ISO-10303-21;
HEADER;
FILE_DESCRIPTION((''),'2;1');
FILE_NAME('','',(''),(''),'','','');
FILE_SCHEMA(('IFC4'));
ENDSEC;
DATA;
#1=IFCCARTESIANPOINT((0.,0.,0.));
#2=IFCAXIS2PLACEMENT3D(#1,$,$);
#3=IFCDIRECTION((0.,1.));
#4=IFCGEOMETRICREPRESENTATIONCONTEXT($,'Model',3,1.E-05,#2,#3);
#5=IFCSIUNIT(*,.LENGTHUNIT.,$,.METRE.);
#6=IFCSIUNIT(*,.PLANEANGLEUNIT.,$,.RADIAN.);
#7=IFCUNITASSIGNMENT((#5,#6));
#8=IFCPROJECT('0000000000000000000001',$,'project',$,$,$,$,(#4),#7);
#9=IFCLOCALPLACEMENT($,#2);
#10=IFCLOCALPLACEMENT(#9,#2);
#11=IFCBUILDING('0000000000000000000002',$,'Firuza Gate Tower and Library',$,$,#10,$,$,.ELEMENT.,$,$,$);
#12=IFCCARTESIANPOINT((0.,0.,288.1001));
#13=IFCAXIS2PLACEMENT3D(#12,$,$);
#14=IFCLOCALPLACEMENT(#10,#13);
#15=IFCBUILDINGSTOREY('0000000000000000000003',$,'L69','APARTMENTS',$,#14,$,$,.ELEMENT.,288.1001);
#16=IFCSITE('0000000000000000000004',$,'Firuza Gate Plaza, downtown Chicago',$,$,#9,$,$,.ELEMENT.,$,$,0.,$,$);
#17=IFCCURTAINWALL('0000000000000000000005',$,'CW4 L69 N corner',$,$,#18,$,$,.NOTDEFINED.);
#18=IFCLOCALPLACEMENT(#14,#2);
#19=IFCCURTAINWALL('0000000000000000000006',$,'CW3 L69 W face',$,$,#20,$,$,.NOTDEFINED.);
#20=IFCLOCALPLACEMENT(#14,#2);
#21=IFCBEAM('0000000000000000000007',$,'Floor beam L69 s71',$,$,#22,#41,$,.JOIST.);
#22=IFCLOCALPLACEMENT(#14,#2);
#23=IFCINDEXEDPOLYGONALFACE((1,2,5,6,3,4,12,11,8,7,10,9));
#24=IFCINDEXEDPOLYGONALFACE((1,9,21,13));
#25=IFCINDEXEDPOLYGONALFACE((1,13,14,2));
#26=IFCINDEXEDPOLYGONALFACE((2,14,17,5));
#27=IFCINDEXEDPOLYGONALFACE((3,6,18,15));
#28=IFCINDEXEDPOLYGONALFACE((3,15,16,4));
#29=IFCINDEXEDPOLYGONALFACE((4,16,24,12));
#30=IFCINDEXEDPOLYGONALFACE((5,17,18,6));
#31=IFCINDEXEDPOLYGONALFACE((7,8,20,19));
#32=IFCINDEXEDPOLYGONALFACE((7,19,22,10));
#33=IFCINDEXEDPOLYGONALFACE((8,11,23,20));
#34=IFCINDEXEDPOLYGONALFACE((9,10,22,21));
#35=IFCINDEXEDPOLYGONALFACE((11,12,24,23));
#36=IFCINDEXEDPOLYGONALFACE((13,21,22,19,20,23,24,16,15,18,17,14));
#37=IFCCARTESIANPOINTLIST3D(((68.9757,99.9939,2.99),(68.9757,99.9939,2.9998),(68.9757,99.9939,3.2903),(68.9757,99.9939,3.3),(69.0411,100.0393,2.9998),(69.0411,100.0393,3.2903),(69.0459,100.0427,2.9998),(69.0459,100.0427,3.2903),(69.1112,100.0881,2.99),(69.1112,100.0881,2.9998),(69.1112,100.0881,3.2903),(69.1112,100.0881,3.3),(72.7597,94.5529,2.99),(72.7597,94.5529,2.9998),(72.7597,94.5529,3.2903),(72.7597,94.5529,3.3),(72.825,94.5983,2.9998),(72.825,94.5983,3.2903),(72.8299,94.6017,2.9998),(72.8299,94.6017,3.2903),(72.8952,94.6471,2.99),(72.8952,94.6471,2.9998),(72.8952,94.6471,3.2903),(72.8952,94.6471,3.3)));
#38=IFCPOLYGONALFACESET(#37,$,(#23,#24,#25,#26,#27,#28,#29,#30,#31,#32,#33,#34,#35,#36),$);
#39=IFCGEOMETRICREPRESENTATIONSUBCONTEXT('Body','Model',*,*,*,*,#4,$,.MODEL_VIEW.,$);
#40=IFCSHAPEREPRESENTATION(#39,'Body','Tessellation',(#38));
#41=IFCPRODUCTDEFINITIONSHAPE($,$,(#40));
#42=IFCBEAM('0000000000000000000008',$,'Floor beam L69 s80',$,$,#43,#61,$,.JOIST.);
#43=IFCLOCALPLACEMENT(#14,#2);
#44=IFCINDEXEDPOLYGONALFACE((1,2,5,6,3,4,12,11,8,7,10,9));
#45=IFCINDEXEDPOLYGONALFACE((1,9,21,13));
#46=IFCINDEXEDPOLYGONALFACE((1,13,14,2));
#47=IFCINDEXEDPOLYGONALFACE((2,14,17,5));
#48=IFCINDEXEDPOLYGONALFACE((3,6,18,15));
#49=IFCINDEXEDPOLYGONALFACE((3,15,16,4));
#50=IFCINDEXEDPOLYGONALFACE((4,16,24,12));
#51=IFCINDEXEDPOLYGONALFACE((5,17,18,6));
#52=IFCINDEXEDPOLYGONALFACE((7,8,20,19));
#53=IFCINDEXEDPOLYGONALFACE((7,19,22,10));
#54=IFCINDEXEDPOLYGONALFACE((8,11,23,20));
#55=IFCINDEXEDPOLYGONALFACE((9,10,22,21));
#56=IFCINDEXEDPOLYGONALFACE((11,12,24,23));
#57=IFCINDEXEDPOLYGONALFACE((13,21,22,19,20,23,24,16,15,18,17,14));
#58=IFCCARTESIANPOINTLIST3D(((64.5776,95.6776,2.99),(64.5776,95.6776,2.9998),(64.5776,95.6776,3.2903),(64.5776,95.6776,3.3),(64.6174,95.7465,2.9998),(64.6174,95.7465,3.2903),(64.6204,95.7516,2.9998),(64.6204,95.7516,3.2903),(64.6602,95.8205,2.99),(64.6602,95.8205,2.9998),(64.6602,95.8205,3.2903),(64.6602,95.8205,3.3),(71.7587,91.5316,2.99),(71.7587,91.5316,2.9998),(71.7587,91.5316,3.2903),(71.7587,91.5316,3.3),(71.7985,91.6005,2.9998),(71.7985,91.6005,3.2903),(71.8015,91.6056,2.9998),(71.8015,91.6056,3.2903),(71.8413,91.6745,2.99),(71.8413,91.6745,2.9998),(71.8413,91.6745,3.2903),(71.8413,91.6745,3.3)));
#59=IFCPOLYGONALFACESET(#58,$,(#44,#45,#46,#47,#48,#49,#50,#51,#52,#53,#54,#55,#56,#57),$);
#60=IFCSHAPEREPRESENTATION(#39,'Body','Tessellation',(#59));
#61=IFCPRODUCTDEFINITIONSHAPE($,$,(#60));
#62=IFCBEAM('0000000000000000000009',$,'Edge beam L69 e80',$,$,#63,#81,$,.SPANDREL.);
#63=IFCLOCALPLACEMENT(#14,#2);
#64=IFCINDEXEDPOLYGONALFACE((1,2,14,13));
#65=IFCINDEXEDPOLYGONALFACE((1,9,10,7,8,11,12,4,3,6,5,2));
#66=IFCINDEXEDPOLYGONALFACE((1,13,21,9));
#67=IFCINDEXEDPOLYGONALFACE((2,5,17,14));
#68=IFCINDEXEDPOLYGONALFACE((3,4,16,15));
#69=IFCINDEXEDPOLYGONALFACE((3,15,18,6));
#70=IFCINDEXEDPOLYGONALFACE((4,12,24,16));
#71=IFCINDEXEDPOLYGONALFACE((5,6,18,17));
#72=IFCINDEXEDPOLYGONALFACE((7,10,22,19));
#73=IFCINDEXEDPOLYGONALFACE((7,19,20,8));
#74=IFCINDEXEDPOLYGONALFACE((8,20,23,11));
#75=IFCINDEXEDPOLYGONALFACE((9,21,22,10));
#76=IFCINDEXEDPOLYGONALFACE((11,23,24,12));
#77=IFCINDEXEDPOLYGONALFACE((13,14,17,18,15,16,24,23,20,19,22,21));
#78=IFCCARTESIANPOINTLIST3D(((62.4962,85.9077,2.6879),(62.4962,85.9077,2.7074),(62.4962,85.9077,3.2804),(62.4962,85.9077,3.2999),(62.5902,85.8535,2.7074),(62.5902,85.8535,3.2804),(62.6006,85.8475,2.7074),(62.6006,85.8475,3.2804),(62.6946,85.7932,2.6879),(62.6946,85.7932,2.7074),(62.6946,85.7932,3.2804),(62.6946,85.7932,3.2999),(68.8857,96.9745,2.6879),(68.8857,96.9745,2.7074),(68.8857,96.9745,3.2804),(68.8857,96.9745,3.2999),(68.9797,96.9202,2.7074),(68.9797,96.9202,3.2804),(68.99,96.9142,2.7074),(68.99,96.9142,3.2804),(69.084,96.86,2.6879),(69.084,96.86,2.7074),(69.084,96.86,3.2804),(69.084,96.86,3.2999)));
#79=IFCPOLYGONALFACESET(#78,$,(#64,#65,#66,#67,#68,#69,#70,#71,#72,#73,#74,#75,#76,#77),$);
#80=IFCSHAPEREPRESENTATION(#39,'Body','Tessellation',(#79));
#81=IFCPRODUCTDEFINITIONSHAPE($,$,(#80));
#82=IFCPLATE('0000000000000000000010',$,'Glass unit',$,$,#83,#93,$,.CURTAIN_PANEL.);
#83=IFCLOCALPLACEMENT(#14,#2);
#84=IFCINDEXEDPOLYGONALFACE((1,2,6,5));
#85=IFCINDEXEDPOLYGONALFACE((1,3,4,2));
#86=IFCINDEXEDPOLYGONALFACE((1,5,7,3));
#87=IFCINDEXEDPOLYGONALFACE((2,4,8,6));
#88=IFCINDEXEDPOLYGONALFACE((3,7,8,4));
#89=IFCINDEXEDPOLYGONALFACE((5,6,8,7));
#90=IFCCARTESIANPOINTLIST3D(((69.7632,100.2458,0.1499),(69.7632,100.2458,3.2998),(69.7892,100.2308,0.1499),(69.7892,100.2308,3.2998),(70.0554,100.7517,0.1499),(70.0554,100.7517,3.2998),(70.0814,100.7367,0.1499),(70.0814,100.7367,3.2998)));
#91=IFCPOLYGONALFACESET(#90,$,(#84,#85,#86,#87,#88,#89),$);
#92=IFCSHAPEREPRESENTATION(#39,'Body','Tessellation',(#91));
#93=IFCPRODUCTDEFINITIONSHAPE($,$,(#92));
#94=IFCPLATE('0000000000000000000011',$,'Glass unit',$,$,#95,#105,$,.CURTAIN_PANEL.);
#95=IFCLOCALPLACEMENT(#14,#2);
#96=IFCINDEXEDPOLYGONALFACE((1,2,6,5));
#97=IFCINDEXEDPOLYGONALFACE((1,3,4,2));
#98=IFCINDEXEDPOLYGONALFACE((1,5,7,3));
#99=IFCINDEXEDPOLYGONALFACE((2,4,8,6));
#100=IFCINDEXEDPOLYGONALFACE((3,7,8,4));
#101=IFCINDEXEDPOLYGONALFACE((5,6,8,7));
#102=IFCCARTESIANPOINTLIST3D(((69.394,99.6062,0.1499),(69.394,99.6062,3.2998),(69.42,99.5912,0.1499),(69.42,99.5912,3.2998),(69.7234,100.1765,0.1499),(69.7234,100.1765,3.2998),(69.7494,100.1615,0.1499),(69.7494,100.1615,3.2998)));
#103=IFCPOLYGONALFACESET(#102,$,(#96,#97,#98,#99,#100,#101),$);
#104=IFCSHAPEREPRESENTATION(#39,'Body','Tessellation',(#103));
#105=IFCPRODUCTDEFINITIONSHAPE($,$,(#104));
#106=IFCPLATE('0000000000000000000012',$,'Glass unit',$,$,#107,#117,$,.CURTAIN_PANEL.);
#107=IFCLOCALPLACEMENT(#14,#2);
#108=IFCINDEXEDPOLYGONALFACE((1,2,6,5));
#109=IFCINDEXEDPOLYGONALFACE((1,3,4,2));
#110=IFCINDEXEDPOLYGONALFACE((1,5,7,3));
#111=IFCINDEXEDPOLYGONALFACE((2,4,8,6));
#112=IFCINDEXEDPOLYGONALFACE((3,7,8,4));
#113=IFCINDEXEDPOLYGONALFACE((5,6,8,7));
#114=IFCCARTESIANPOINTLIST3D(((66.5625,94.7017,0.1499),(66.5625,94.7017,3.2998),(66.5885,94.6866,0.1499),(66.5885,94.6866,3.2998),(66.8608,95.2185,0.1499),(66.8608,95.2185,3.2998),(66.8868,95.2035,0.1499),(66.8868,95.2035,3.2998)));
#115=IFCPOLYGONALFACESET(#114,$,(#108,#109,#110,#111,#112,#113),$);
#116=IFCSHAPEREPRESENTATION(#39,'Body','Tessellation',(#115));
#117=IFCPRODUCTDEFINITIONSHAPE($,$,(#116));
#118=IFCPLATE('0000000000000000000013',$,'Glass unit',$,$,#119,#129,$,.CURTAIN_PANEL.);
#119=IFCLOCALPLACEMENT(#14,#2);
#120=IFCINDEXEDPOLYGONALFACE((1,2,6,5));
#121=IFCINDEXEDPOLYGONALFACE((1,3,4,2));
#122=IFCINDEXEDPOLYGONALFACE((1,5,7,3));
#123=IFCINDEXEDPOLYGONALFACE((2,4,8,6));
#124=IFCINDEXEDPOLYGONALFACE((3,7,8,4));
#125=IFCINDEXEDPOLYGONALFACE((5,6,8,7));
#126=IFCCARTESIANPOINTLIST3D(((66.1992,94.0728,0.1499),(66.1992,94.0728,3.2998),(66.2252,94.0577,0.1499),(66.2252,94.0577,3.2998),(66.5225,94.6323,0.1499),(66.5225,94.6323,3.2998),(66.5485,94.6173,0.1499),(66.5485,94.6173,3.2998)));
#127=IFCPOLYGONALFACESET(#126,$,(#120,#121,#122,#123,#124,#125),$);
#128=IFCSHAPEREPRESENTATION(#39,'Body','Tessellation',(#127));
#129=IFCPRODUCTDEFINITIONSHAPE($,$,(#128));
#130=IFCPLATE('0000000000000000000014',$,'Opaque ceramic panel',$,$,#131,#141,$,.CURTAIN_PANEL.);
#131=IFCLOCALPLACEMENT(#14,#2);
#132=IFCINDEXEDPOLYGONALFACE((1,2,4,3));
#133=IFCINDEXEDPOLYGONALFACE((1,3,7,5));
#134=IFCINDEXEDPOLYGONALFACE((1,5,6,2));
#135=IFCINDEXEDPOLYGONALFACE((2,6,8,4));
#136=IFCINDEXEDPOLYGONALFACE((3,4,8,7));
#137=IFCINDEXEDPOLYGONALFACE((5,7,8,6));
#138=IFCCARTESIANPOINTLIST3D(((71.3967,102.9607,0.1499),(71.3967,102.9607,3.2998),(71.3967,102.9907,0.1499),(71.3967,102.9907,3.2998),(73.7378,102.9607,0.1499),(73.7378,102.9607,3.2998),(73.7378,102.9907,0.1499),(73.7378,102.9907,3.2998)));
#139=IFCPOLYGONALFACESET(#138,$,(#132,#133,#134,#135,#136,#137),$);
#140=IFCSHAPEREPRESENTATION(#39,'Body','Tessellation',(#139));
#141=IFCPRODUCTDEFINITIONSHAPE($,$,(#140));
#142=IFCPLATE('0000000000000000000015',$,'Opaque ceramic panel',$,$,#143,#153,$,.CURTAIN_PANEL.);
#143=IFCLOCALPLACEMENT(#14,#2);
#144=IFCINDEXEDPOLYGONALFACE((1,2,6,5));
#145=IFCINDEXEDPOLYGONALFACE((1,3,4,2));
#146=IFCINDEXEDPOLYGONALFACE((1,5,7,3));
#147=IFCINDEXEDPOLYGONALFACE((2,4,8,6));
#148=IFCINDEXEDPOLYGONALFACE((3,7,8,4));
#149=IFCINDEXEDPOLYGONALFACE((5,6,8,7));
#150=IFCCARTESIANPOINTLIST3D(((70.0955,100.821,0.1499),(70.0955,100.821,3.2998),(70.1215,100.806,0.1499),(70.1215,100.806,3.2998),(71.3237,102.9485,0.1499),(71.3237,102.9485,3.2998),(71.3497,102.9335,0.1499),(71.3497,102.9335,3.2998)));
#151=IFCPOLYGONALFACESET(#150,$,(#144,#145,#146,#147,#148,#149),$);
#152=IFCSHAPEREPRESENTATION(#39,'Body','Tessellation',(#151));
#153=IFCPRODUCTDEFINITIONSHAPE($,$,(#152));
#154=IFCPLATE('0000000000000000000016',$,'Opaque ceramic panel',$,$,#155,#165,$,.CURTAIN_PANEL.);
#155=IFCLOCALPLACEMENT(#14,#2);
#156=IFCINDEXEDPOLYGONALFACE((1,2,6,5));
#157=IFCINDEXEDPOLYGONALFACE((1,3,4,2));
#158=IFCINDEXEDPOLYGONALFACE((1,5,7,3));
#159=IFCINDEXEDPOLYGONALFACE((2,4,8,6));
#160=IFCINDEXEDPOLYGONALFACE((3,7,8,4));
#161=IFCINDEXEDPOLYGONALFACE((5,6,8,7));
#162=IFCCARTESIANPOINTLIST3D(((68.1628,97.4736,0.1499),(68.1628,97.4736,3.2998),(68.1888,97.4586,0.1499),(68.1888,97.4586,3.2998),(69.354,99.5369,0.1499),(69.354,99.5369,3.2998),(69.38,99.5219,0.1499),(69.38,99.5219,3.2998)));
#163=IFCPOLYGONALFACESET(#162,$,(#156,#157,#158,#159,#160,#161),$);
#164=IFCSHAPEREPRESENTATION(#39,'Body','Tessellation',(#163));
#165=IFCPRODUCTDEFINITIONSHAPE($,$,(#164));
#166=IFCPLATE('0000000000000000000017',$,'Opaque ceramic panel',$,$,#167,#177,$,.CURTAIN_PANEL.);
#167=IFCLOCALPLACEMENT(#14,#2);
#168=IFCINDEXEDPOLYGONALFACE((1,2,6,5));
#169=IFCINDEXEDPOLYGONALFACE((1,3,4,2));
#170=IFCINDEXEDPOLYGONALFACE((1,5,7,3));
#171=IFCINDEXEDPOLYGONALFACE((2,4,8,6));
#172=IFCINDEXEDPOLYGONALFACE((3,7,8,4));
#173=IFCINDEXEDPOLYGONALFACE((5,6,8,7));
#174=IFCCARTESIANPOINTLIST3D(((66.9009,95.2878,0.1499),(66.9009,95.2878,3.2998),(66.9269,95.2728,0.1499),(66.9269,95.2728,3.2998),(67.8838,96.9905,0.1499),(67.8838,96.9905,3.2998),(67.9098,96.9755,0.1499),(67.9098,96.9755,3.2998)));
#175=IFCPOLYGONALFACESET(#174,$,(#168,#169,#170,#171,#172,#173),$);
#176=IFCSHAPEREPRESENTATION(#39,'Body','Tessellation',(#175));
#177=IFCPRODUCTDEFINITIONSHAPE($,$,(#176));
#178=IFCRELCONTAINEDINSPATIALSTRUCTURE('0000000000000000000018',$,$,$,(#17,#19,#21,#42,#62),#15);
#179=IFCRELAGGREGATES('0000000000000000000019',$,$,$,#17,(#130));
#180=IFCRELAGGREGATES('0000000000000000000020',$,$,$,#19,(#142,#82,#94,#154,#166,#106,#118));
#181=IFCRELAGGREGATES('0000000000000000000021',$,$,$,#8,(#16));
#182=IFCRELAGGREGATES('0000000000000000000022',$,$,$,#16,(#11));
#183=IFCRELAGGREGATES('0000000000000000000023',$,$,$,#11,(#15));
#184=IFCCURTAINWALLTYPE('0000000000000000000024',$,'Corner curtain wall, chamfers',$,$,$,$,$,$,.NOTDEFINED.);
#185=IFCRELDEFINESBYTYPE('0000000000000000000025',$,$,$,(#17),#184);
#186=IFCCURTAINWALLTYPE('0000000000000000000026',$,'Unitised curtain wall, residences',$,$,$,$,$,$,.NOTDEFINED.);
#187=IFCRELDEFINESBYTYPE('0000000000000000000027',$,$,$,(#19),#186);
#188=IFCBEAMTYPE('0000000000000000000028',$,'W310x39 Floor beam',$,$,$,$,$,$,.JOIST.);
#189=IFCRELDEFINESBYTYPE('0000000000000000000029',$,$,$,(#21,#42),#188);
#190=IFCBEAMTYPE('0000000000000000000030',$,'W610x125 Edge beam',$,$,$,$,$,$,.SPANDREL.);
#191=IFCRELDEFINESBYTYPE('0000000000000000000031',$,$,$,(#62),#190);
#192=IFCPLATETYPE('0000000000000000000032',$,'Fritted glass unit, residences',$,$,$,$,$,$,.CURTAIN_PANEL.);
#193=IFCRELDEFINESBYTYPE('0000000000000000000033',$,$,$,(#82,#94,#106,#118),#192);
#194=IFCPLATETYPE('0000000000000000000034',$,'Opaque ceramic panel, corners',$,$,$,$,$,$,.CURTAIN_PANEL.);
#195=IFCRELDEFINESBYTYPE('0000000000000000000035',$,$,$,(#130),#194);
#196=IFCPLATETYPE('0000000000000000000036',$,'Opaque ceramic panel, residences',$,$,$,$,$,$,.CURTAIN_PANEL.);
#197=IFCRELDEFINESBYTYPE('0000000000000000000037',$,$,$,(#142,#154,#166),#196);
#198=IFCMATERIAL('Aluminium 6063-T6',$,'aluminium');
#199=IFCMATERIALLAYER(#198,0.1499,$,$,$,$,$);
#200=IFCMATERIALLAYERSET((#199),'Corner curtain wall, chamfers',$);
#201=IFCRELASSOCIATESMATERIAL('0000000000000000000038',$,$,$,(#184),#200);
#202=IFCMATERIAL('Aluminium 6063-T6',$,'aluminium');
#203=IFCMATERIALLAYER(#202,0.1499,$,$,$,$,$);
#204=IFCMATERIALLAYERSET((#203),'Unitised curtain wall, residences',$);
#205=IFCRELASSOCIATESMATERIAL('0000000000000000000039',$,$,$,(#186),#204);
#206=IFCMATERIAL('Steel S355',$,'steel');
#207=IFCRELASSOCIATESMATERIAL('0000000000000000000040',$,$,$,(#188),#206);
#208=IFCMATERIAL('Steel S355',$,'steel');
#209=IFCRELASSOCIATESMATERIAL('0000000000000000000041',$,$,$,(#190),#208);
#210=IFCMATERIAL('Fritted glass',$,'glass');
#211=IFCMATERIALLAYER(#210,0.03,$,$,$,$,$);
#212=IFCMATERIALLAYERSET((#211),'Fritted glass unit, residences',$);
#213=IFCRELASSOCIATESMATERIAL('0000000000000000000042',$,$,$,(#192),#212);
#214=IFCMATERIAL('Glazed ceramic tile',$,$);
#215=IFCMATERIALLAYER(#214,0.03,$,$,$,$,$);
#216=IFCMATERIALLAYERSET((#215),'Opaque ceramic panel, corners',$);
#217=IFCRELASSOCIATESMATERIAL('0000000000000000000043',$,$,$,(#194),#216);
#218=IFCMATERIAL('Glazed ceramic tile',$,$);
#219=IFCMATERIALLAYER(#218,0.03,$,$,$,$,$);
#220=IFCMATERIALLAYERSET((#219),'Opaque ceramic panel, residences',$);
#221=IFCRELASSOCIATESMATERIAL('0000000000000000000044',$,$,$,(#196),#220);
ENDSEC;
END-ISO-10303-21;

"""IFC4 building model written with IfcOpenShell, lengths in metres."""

from ifc_helpers import new_model, si_unit, direction, frame, origin, origin_2d, place, context, subcontext, project, spatial, polyline, i_section, outline, extrude, material, layer, layer_set, material_profile, profile_set, type_object, element, aggregate, save


model = new_model("IFC4")

# Units and contexts
model_context = context("Model", 3, precision=1e-05, world=origin(), true_north=direction((0.0, 1.0)))
body_context = subcontext(model_context, "Body", "Model", "MODEL_VIEW")
ifc_project = project(units=[si_unit("LENGTHUNIT", "METRE"), si_unit("PLANEANGLEUNIT", "RADIAN")], contexts=[model_context])

# Site, building, storey
site_placement = place(None, origin())
site = spatial("IfcSite", under=ifc_project, at=site_placement, Name="Firuza Gate Plaza, downtown Chicago", CompositionType="ELEMENT", RefElevation=0.0)
building_placement = place(site_placement, origin())
building = spatial("IfcBuilding", under=site, at=building_placement, Name="Firuza Gate Tower and Library", CompositionType="ELEMENT")
storey_placement = place(building_placement, frame((0.0, 0.0, 288.1001)))
storey = spatial("IfcBuildingStorey", under=building, at=storey_placement, Name="L69", Description="APARTMENTS", CompositionType="ELEMENT", Elevation=288.1001)

# Curtain wall
ifc_material_1 = material(Name="Aluminium 6063-T6", Category="aluminium")
ifc_layer_1 = layer(ifc_material_1, 0.1499)
ifc_layer_set_1 = layer_set([ifc_layer_1], Name="Corner curtain wall, chamfers")
curtain_wall_type_1 = type_object("IfcCurtainWallType", Name="Corner curtain wall, chamfers", PredefinedType="NOTDEFINED", material=ifc_layer_set_1)
placement = place(storey_placement, origin())
curtain_wall_1 = element("IfcCurtainWall", 1, at=placement, inside=storey, type_object=curtain_wall_type_1, Name="CW4 L69 N corner", PredefinedType="NOTDEFINED")

# Curtain wall
ifc_material_2 = material(Name="Aluminium 6063-T6", Category="aluminium")
ifc_layer_2 = layer(ifc_material_2, 0.1499)
ifc_layer_set_2 = layer_set([ifc_layer_2], Name="Unitised curtain wall, residences")
curtain_wall_type_2 = type_object("IfcCurtainWallType", Name="Unitised curtain wall, residences", PredefinedType="NOTDEFINED", material=ifc_layer_set_2)
curtain_wall_2 = element("IfcCurtainWall", 2, at=placement, inside=storey, type_object=curtain_wall_type_2, Name="CW3 L69 W face", PredefinedType="NOTDEFINED")

# Beams
ifc_material_3 = material(Name="Steel S355", Category="steel")
ifc_material_profile_1 = material_profile(ifc_material_3, i_section(OverallWidth=0.165, OverallDepth=0.3101, WebThickness=0.0059, FlangeThickness=0.0098, at=origin_2d()))
ifc_profile_set_1 = profile_set([ifc_material_profile_1], Name="Steel S355")
beam_type_1 = type_object("IfcBeamType", Name="W310x39 Floor beam", PredefinedType="JOIST", material=ifc_profile_set_1)
beam_1_placement = place(storey_placement, frame((69.0435, 100.041, 3.145), z_axis=(0.570958, -0.82098, 0.0), x_axis=(0.82098, 0.570958, 0.0)))
element("IfcBeam", 3, at=beam_1_placement, inside=storey, type_object=beam_type_1, Name="Floor beam L69 s71", PredefinedType="JOIST", context=body_context, shape_type="SweptSolid", body=[
    extrude(i_section(OverallWidth=0.165, OverallDepth=0.3101, WebThickness=0.0059, FlangeThickness=0.0098, at=origin_2d()), origin(), (0.0, 0.0, 1.0), 6.6274),
])
beam_2_placement = place(storey_placement, frame((64.6189, 95.749, 3.145), z_axis=(0.866028, -0.499996, 0.0), x_axis=(0.499996, 0.866028, 0.0)))
element("IfcBeam", 4, at=beam_2_placement, inside=storey, type_object=beam_type_1, Name="Floor beam L69 s80", PredefinedType="JOIST", context=body_context, shape_type="SweptSolid", body=[
    extrude(i_section(OverallWidth=0.165, OverallDepth=0.3101, WebThickness=0.0059, FlangeThickness=0.0098, at=origin_2d()), origin(), (0.0, 0.0, 1.0), 8.292),
])
ifc_material_4 = material(Name="Steel S355", Category="steel")
ifc_material_profile_2 = material_profile(ifc_material_4, i_section(OverallWidth=0.229, OverallDepth=0.6121, WebThickness=0.012, FlangeThickness=0.0195, at=origin_2d()))
ifc_profile_set_2 = profile_set([ifc_material_profile_2], Name="Steel S355")
beam_type_2 = type_object("IfcBeamType", Name="W610x125 Edge beam", PredefinedType="SPANDREL", material=ifc_profile_set_2)
beam_3_placement = place(storey_placement, frame((68.9849, 96.9172, 2.9939), z_axis=(-0.500004, -0.866023, 0.0), x_axis=(0.866023, -0.500004, 0.0)))
element("IfcBeam", 5, at=beam_3_placement, inside=storey, type_object=beam_type_2, Name="Edge beam L69 e80", PredefinedType="SPANDREL", context=body_context, shape_type="SweptSolid", body=[
    extrude(i_section(OverallWidth=0.229, OverallDepth=0.6121, WebThickness=0.012, FlangeThickness=0.0195, at=origin_2d()), origin(), (0.0, 0.0, 1.0), 12.7788),
])

# Plates
ifc_material_5 = material(Name="Fritted glass", Category="glass")
ifc_layer_3 = layer(ifc_material_5, 0.03)
ifc_layer_set_3 = layer_set([ifc_layer_3], Name="Fritted glass unit, residences")
plate_type_1 = type_object("IfcPlateType", Name="Fritted glass unit, residences", PredefinedType="CURTAIN_PANEL", material=ifc_layer_set_3)
plate_1_placement = place(storey_placement, frame((70.0554, 100.7517, 0.1499), z_axis=(-0.865893, 0.500229, 0.0), x_axis=(-0.500229, -0.865893, 0.0)))
plate_1 = element("IfcPlate", 6, at=plate_1_placement, type_object=plate_type_1, Name="Glass unit", PredefinedType="CURTAIN_PANEL", context=body_context, shape_type="SweptSolid", body=[
    extrude(outline(polyline([(0.0, 0.0), (0.5842, 0.0), (0.5842, 3.1499), (0.0, 3.1499), (0.0, 0.0)])), origin(), (0.0, 0.0, -1.0), 0.03),
])
plate_2_placement = place(storey_placement, frame((69.7234, 100.1765, 0.1499), z_axis=(-0.865976, 0.500086, 0.0), x_axis=(-0.500086, -0.865976, 0.0)))
plate_2 = element("IfcPlate", 7, at=plate_2_placement, type_object=plate_type_1, Name="Glass unit", PredefinedType="CURTAIN_PANEL", context=body_context, shape_type="SweptSolid", body=[
    extrude(outline(polyline([(0.0, 0.0), (0.6586, 0.0), (0.6586, 3.1499), (0.0, 3.1499), (0.0, 0.0)])), origin(), (0.0, 0.0, -1.0), 0.03),
])
plate_3_placement = place(storey_placement, frame((66.8608, 95.2185, 0.1499), z_axis=(-0.86607, 0.499923, 0.0), x_axis=(-0.499923, -0.86607, 0.0)))
plate_3 = element("IfcPlate", 8, at=plate_3_placement, type_object=plate_type_1, Name="Glass unit", PredefinedType="CURTAIN_PANEL", context=body_context, shape_type="SweptSolid", body=[
    extrude(outline(polyline([(0.0, 0.0), (0.5968, 0.0), (0.5968, 3.1499), (0.0, 3.1499), (0.0, 0.0)])), origin(), (0.0, 0.0, -1.0), 0.03),
])
plate_4_placement = place(storey_placement, frame((66.5225, 94.6323, 0.1499), z_axis=(-0.865909, 0.500202, 0.0), x_axis=(-0.500202, -0.865909, 0.0)))
plate_4 = element("IfcPlate", 9, at=plate_4_placement, type_object=plate_type_1, Name="Glass unit", PredefinedType="CURTAIN_PANEL", context=body_context, shape_type="SweptSolid", body=[
    extrude(outline(polyline([(0.0, 0.0), (0.6462, 0.0), (0.6462, 3.1499), (0.0, 3.1499), (0.0, 0.0)])), origin(), (0.0, 0.0, -1.0), 0.03),
])
ifc_material_6 = material(Name="Glazed ceramic tile")
ifc_layer_4 = layer(ifc_material_6, 0.03)
ifc_layer_set_4 = layer_set([ifc_layer_4], Name="Opaque ceramic panel, corners")
plate_type_2 = type_object("IfcPlateType", Name="Opaque ceramic panel, corners", PredefinedType="CURTAIN_PANEL", material=ifc_layer_set_4)
plate_5_placement = place(storey_placement, frame((73.7378, 102.9907, 0.1499), z_axis=(0.0, 1.0, 0.0), x_axis=(-1.0, 0.0, 0.0)))
plate_5 = element("IfcPlate", 10, at=plate_5_placement, type_object=plate_type_2, Name="Opaque ceramic panel", PredefinedType="CURTAIN_PANEL", context=body_context, shape_type="SweptSolid", body=[
    extrude(outline(polyline([(0.0, 0.0), (2.3411, 0.0), (2.3411, 3.1499), (0.0, 3.1499), (0.0, 0.0)])), origin(), (0.0, 0.0, -1.0), 0.03),
])
aggregate(curtain_wall_1, [plate_5])
ifc_material_7 = material(Name="Glazed ceramic tile")
ifc_layer_5 = layer(ifc_material_7, 0.03)
ifc_layer_set_5 = layer_set([ifc_layer_5], Name="Opaque ceramic panel, residences")
plate_type_3 = type_object("IfcPlateType", Name="Opaque ceramic panel, residences", PredefinedType="CURTAIN_PANEL", material=ifc_layer_set_5)
plate_6_placement = place(storey_placement, frame((71.3237, 102.9485, 0.1499), z_axis=(-0.866027, 0.499998, 0.0), x_axis=(-0.499998, -0.866027, 0.0)))
plate_6 = element("IfcPlate", 11, at=plate_6_placement, type_object=plate_type_3, Name="Opaque ceramic panel", PredefinedType="CURTAIN_PANEL", context=body_context, shape_type="SweptSolid", body=[
    extrude(outline(polyline([(0.0, 0.0), (2.4566, 0.0), (2.4566, 3.1499), (0.0, 3.1499), (0.0, 0.0)])), origin(), (0.0, 0.0, -1.0), 0.03),
])
plate_7_placement = place(storey_placement, frame((69.354, 99.5369, 0.1499), z_axis=(-0.866034, 0.499986, 0.0), x_axis=(-0.499986, -0.866034, 0.0)))
plate_7 = element("IfcPlate", 12, at=plate_7_placement, type_object=plate_type_3, Name="Opaque ceramic panel", PredefinedType="CURTAIN_PANEL", context=body_context, shape_type="SweptSolid", body=[
    extrude(outline(polyline([(0.0, 0.0), (2.3824, 0.0), (2.3824, 3.1499), (0.0, 3.1499), (0.0, 0.0)])), origin(), (0.0, 0.0, -1.0), 0.03),
])
plate_8_placement = place(storey_placement, frame((67.8838, 96.9905, 0.1499), z_axis=(-0.866049, 0.499959, 0.0), x_axis=(-0.499959, -0.866049, 0.0)))
plate_8 = element("IfcPlate", 13, at=plate_8_placement, type_object=plate_type_3, Name="Opaque ceramic panel", PredefinedType="CURTAIN_PANEL", context=body_context, shape_type="SweptSolid", body=[
    extrude(outline(polyline([(0.0, 0.0), (1.966, 0.0), (1.966, 3.1499), (0.0, 3.1499), (0.0, 0.0)])), origin(), (0.0, 0.0, -1.0), 0.03),
])
aggregate(curtain_wall_2, [plate_6, plate_1, plate_2, plate_7, plate_8, plate_3, plate_4])

save(model, "model.ifc")
